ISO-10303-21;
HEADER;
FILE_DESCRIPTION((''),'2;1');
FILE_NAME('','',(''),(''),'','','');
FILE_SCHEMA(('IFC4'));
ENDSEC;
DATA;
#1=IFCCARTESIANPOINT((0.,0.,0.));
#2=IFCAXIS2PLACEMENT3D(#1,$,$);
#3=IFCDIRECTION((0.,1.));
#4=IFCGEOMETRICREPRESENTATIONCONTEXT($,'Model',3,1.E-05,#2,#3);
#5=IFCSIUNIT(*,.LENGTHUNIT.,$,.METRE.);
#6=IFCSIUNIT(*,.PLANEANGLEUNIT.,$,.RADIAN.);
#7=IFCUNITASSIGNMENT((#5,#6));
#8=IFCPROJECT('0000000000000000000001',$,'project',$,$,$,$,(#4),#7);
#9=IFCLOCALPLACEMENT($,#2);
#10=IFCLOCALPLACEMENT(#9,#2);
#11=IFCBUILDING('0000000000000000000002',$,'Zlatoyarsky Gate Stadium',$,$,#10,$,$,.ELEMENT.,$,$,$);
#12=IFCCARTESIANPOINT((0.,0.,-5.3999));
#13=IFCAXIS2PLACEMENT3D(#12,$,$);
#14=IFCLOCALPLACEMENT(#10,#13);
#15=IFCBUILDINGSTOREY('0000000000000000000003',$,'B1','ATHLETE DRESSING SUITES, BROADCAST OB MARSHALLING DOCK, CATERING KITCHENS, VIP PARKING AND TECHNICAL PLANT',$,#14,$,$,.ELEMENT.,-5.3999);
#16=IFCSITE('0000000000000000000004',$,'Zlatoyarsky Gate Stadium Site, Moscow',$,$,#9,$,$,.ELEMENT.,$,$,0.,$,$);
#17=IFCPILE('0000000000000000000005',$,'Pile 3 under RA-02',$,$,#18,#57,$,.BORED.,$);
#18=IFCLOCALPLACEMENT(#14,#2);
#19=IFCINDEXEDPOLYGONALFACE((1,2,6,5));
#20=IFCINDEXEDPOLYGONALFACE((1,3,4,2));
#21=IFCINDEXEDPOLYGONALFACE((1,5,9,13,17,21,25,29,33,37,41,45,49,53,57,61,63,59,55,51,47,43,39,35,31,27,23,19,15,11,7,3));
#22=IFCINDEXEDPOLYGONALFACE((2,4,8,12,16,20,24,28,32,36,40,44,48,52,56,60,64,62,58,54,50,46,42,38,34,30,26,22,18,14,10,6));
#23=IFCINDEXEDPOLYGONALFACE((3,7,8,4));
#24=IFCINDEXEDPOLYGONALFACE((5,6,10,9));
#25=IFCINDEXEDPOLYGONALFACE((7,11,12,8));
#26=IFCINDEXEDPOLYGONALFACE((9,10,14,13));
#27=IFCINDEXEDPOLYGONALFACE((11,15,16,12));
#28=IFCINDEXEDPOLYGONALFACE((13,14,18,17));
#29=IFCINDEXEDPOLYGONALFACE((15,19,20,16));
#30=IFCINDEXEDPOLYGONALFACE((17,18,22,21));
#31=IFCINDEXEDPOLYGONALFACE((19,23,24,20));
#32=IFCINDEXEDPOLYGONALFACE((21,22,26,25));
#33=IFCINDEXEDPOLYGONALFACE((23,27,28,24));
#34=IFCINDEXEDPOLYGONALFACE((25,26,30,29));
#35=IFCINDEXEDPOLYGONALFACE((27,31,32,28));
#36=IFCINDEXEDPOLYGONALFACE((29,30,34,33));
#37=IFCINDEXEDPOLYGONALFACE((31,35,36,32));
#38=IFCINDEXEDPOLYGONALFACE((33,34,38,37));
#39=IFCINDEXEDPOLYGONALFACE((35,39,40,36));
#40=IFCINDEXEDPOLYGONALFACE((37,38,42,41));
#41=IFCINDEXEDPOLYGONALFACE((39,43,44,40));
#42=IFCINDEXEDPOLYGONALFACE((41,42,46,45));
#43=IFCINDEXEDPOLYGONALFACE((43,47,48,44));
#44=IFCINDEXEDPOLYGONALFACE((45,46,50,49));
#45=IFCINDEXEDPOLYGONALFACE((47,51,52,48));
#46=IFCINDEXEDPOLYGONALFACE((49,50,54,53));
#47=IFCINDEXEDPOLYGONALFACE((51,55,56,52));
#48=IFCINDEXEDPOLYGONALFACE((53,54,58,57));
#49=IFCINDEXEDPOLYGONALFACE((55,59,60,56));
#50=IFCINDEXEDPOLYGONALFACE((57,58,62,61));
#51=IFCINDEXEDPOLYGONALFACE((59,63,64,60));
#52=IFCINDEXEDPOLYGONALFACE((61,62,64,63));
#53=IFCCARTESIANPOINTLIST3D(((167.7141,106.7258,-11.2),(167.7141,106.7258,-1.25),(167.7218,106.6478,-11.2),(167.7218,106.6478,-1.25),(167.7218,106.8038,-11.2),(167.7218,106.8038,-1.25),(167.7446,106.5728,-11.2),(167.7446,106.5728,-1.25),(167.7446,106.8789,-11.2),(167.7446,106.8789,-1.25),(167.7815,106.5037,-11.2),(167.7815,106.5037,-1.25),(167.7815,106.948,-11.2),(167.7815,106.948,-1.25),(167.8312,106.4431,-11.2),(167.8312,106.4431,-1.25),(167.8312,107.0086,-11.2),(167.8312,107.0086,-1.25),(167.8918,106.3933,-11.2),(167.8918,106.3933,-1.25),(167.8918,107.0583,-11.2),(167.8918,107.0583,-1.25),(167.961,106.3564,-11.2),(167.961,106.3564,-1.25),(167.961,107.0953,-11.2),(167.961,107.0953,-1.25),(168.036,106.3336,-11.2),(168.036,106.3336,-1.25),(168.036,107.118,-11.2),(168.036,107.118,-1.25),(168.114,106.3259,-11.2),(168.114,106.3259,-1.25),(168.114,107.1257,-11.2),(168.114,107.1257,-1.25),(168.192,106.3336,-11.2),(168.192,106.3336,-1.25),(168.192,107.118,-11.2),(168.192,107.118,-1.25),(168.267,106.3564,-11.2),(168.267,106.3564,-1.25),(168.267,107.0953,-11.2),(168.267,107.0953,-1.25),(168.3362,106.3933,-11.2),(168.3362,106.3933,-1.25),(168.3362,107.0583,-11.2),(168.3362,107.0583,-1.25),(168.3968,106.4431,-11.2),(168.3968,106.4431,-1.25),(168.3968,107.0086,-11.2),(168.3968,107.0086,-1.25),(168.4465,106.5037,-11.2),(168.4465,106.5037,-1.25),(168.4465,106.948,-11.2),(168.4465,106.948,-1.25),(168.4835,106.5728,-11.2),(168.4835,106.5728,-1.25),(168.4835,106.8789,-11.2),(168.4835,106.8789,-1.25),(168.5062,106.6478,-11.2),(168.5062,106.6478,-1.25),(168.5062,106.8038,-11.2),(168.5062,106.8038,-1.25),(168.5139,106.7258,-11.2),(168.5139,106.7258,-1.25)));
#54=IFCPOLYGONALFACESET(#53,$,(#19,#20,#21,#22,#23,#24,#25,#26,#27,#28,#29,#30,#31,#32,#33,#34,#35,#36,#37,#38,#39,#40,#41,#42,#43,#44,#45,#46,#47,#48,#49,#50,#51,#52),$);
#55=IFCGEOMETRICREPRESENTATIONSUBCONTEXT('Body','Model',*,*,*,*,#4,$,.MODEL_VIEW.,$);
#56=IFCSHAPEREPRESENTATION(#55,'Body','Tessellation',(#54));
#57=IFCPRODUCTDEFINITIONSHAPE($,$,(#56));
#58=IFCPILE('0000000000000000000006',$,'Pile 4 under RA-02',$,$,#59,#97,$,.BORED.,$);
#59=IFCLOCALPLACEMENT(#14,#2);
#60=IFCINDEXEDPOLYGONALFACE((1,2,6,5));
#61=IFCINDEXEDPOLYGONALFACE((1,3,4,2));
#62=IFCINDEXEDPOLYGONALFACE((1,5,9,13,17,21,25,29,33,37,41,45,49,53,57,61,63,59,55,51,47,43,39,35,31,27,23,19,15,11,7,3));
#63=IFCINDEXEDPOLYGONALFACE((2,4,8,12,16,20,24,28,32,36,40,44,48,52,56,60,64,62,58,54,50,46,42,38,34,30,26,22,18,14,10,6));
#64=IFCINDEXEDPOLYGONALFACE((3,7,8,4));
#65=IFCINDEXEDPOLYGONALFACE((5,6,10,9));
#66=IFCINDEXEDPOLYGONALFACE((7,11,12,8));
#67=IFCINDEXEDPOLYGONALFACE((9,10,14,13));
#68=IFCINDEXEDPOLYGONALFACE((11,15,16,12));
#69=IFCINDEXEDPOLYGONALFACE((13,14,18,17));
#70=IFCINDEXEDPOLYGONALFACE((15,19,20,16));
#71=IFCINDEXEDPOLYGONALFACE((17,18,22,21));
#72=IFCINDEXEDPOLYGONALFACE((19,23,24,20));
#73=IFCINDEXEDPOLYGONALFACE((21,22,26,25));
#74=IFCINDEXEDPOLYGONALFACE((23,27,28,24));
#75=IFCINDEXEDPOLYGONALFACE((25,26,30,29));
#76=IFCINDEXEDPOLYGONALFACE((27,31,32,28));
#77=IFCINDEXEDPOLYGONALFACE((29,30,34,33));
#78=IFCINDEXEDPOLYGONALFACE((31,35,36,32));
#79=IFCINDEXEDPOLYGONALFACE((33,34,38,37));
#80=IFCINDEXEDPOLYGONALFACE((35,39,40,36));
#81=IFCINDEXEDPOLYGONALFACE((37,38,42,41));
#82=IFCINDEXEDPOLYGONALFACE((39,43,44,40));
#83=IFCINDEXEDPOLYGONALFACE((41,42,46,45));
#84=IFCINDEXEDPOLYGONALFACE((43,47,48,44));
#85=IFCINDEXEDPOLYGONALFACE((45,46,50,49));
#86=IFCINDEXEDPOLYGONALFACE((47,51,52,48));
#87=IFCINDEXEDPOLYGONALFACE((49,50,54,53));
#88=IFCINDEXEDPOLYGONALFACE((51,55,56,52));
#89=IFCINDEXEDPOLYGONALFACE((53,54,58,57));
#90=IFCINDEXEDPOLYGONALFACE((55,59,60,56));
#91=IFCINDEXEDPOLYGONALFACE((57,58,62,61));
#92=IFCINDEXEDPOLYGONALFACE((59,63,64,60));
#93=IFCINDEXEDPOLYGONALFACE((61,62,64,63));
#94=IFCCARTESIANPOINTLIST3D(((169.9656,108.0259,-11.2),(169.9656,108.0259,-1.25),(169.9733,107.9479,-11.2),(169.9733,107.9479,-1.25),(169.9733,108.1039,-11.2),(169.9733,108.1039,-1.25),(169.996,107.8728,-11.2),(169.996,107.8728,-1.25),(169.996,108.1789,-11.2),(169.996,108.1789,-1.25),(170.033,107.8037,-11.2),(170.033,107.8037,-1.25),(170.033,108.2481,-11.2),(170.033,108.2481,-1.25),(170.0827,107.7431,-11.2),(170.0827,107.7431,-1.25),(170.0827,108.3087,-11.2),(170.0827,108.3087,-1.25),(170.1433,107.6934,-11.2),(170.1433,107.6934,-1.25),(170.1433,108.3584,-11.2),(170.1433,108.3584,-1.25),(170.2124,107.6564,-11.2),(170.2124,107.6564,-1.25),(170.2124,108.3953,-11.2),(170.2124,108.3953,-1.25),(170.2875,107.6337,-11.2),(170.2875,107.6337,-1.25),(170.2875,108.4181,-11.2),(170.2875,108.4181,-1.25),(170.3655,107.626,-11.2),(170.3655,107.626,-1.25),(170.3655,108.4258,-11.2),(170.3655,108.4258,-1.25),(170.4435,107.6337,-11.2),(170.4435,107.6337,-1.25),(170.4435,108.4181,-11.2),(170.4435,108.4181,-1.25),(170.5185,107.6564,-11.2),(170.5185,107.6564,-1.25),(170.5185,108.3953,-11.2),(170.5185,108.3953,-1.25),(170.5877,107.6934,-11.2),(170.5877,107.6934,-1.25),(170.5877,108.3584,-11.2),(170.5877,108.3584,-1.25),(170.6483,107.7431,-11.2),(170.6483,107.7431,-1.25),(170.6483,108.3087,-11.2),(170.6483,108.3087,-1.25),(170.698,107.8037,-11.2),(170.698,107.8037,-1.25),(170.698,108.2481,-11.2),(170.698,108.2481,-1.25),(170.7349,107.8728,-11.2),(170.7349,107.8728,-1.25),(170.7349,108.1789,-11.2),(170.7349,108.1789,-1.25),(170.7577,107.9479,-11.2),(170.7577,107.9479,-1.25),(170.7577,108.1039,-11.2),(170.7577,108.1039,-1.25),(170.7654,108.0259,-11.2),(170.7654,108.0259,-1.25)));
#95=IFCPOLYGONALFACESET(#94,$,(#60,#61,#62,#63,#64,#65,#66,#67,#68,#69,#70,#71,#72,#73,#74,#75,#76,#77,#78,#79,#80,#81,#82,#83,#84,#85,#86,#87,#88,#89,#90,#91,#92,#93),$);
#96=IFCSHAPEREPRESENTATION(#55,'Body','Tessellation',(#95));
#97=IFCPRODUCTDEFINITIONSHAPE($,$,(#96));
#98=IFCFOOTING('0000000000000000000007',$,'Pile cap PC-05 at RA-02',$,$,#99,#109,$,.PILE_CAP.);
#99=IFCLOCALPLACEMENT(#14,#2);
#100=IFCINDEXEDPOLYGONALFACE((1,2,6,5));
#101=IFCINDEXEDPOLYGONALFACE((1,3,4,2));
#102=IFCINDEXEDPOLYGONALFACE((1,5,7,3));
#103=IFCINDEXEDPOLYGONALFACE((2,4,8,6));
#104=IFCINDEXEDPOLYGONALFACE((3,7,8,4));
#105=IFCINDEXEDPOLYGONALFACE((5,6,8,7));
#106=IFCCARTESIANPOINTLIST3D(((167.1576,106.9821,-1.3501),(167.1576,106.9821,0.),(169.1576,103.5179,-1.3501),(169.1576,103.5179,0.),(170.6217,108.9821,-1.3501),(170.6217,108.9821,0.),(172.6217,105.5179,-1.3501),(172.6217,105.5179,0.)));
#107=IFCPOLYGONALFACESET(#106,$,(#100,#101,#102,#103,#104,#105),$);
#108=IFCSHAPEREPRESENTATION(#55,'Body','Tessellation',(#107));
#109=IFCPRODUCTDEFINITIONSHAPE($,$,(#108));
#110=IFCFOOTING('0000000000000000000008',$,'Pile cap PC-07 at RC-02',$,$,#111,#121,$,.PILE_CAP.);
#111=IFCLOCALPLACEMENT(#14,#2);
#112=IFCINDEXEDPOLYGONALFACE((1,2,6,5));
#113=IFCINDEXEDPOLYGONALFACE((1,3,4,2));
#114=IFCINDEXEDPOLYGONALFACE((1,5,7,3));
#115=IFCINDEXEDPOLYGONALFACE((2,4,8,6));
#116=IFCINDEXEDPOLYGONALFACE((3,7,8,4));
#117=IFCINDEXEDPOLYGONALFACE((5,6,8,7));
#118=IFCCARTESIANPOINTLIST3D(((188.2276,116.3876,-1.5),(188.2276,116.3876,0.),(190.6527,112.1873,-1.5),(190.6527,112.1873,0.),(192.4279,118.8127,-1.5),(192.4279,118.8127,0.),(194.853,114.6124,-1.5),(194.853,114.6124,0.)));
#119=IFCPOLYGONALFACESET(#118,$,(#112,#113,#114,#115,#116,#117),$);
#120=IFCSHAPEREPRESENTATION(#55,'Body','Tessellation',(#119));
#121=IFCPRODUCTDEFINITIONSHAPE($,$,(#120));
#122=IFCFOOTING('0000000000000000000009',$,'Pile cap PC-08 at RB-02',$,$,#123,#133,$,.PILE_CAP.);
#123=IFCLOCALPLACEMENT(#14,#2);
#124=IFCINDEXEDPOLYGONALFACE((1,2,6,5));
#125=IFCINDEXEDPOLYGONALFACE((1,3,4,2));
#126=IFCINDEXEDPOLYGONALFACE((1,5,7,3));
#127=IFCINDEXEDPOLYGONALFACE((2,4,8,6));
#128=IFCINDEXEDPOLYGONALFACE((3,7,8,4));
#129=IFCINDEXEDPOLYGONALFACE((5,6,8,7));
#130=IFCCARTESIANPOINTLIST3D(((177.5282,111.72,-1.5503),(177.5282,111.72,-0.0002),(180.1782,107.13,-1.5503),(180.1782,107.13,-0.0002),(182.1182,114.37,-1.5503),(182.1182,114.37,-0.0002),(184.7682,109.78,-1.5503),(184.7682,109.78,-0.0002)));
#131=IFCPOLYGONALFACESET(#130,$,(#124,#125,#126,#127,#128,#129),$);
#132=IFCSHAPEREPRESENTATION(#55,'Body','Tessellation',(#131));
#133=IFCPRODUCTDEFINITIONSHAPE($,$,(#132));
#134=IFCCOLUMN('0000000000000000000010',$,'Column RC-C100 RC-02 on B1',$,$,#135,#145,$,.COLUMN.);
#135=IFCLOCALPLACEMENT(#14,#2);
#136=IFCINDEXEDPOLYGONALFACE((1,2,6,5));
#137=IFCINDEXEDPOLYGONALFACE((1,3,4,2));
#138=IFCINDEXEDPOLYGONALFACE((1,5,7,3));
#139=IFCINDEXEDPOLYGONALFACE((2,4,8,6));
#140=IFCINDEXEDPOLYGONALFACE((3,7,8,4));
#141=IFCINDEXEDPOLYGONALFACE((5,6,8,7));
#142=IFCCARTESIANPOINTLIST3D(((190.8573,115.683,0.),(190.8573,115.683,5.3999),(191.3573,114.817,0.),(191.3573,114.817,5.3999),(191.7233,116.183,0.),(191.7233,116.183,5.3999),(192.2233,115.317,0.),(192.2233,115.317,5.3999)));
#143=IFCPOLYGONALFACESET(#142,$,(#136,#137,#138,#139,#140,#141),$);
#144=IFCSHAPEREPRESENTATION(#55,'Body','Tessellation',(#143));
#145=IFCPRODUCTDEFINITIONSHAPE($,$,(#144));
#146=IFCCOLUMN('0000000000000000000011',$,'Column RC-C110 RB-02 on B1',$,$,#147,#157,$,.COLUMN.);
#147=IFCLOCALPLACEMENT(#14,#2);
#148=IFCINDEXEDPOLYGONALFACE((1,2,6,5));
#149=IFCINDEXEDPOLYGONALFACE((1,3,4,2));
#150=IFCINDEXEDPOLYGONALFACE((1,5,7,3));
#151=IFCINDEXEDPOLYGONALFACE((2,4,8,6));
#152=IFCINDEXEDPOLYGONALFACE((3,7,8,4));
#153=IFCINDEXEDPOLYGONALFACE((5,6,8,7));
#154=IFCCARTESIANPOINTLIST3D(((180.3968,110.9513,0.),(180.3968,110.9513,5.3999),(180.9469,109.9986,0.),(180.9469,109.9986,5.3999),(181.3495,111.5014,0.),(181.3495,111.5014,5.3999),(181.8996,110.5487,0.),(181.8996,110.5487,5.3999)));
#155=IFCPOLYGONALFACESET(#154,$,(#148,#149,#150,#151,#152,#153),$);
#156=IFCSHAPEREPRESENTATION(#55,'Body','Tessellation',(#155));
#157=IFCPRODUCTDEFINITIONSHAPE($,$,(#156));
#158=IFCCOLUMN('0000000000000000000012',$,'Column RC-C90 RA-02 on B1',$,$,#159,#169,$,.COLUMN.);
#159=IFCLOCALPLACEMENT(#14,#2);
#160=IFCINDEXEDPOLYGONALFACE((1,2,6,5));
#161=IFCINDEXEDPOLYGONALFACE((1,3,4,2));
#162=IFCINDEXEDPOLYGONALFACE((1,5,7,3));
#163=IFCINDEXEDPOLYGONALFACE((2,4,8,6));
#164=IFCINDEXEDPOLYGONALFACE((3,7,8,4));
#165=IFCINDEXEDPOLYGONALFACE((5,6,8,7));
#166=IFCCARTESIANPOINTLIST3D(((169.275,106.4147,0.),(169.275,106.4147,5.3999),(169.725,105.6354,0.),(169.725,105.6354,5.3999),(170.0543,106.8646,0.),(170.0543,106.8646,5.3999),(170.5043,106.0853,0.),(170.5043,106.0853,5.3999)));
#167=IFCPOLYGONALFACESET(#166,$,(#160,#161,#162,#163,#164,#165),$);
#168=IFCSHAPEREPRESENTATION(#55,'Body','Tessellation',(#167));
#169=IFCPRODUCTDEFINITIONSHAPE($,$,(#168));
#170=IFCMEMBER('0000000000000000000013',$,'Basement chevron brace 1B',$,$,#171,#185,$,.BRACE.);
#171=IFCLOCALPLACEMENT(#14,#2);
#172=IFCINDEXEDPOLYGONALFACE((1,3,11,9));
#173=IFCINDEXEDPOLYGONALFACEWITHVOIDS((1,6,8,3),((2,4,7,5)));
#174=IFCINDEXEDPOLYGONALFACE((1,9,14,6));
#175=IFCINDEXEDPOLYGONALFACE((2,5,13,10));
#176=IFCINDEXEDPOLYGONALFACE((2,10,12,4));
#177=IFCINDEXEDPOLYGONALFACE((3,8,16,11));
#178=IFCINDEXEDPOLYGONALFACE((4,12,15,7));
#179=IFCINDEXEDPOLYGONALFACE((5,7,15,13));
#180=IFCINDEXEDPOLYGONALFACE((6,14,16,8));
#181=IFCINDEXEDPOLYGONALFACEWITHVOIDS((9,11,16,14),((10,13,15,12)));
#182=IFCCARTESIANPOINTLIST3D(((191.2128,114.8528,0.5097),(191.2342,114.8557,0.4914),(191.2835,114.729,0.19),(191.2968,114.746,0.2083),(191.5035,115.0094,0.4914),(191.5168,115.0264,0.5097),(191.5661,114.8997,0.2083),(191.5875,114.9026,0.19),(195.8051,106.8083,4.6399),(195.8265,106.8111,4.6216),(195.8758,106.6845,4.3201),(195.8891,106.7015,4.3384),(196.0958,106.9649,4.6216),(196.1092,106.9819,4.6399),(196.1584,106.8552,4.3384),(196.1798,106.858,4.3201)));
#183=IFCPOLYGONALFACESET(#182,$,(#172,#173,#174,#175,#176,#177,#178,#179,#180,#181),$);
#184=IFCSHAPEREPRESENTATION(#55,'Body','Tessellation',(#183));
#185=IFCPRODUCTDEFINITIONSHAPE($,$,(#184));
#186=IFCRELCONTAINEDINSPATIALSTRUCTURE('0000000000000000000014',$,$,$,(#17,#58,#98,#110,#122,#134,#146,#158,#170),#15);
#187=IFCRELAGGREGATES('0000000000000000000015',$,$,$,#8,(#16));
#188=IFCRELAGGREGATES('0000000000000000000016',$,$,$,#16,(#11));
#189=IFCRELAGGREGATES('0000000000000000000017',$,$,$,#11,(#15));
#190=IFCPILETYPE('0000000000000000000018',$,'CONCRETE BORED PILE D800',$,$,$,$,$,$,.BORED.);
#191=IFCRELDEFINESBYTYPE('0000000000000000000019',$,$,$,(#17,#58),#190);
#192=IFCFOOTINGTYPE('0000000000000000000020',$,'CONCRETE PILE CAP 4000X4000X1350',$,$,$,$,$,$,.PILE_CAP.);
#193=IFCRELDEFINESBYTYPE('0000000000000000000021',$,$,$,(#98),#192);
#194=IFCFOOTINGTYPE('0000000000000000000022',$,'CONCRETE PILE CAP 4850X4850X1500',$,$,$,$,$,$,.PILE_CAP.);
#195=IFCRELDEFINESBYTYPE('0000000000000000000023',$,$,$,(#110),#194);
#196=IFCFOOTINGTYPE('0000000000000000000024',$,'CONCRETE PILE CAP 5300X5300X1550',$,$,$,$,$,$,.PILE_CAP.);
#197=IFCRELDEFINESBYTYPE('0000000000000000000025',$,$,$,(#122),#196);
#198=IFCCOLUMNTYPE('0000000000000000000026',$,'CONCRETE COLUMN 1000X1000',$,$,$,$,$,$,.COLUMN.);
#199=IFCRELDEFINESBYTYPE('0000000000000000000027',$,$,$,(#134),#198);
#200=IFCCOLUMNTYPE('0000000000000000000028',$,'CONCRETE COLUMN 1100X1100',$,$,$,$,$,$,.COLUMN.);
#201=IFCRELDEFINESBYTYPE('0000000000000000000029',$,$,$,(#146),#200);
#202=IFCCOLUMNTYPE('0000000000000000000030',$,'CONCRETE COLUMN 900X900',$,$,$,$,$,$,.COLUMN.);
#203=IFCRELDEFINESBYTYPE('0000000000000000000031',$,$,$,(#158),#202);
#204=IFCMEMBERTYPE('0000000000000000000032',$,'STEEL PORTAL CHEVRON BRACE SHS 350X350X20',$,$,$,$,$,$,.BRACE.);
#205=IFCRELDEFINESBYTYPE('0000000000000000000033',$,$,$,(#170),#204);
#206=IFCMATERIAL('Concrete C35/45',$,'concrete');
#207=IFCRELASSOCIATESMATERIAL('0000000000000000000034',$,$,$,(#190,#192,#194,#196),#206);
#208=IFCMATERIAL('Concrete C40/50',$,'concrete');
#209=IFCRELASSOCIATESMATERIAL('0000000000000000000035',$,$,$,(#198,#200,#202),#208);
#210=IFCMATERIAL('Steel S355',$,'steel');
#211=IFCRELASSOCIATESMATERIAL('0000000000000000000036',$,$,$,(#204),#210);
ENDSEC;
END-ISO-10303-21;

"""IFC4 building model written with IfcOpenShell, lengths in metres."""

from ifc_helpers import new_model, si_unit, direction, frame, origin, origin_2d, place, context, subcontext, project, spatial, rectangle, hollow_rectangle, circle, extrude, material, material_profile, profile_set, type_object, element, save


model = new_model("IFC4")

# Units and contexts
model_context = context("Model", 3, precision=1e-05, world=origin(), true_north=direction((0.0, 1.0)))
body_context = subcontext(model_context, "Body", "Model", "MODEL_VIEW")
ifc_project = project(units=[si_unit("LENGTHUNIT", "METRE"), si_unit("PLANEANGLEUNIT", "RADIAN")], contexts=[model_context])

# Site, building, storey
site_placement = place(None, origin())
site = spatial("IfcSite", under=ifc_project, at=site_placement, Name="Zlatoyarsky Gate Stadium Site, Moscow", CompositionType="ELEMENT", RefElevation=0.0)
building_placement = place(site_placement, origin())
building = spatial("IfcBuilding", under=site, at=building_placement, Name="Zlatoyarsky Gate Stadium", CompositionType="ELEMENT")
storey_placement = place(building_placement, frame((0.0, 0.0, -5.3999)))
storey = spatial("IfcBuildingStorey", under=building, at=storey_placement, Name="B1", Description="ATHLETE DRESSING SUITES, BROADCAST OB MARSHALLING DOCK, CATERING KITCHENS, VIP PARKING AND TECHNICAL PLANT", CompositionType="ELEMENT", Elevation=-5.3999)

# Piles
ifc_material_1 = material(Name="Concrete C35/45", Category="concrete")
ifc_material_profile_1 = material_profile(ifc_material_1, circle(Radius=0.3999, at=origin_2d()), Name="BORED PILE D800")
ifc_profile_set_1 = profile_set([ifc_material_profile_1], Name="Concrete C35/45")
pile_type_1 = type_object("IfcPileType", Name="CONCRETE BORED PILE D800", PredefinedType="BORED", material=ifc_profile_set_1)
for number, where, z_axis, x_axis, name in (
    (1, (168.114, 106.7258, -1.25), (0.0, 0.0, -1.0), (1.0, 0.0, 0.0), "Pile 3 under RA-02"),
    (2, (170.3655, 108.0259, -1.25), (0.0, 0.0, -1.0), (1.0, 0.0, 0.0), "Pile 4 under RA-02"),
):
    element("IfcPile", number, at=place(storey_placement, frame(where, z_axis=z_axis, x_axis=x_axis)), inside=storey, type_object=pile_type_1, Name=name, PredefinedType="BORED", context=body_context, shape_type="SweptSolid", body=[
        extrude(circle(Radius=0.3999, at=origin_2d()), origin(), (0.0, 0.0, 1.0), 9.95),
    ])

# Footings
footing_type_1 = type_object("IfcFootingType", Name="CONCRETE PILE CAP 4000X4000X1350", PredefinedType="PILE_CAP", material=ifc_material_1)
footing_1_placement = place(storey_placement, frame((169.8896, 106.25, -1.3501), z_axis=(0.0, 0.0, 1.0), x_axis=(0.866025, 0.5, 0.0)))
element("IfcFooting", 3, at=footing_1_placement, inside=storey, type_object=footing_type_1, Name="Pile cap PC-05 at RA-02", PredefinedType="PILE_CAP", context=body_context, shape_type="SweptSolid", body=[
    extrude(rectangle(XDim=4.0, YDim=4.0, at=origin_2d()), origin(), (0.0, 0.0, 1.0), 1.3501),
])
footing_type_2 = type_object("IfcFootingType", Name="CONCRETE PILE CAP 4850X4850X1500", PredefinedType="PILE_CAP", material=ifc_material_1)
footing_2_placement = place(storey_placement, frame((191.5403, 115.5, -1.5), z_axis=(0.0, 0.0, 1.0), x_axis=(0.866025, 0.5, 0.0)))
element("IfcFooting", 4, at=footing_2_placement, inside=storey, type_object=footing_type_2, Name="Pile cap PC-07 at RC-02", PredefinedType="PILE_CAP", context=body_context, shape_type="SweptSolid", body=[
    extrude(rectangle(XDim=4.8501, YDim=4.8501, at=origin_2d()), origin(), (0.0, 0.0, 1.0), 1.5),
])
footing_type_3 = type_object("IfcFootingType", Name="CONCRETE PILE CAP 5300X5300X1550", PredefinedType="PILE_CAP", material=ifc_material_1)
footing_3_placement = place(storey_placement, frame((181.1482, 110.75, -1.5503), z_axis=(0.0, 0.0, 1.0), x_axis=(0.866025, 0.5, 0.0)))
element("IfcFooting", 5, at=footing_3_placement, inside=storey, type_object=footing_type_3, Name="Pile cap PC-08 at RB-02", PredefinedType="PILE_CAP", context=body_context, shape_type="SweptSolid", body=[
    extrude(rectangle(XDim=5.3, YDim=5.3, at=origin_2d()), origin(), (0.0, 0.0, 1.0), 1.55),
])

# Columns
ifc_material_2 = material(Name="Concrete C40/50", Category="concrete")
ifc_material_profile_2 = material_profile(ifc_material_2, rectangle(XDim=1.0, YDim=1.0, at=origin_2d()), Name="RC COL 1000X1000")
ifc_profile_set_2 = profile_set([ifc_material_profile_2], Name="Concrete C40/50")
column_type_1 = type_object("IfcColumnType", Name="CONCRETE COLUMN 1000X1000", PredefinedType="COLUMN", material=ifc_profile_set_2)
column_1_placement = place(storey_placement, frame((191.5403, 115.5, 0.0), z_axis=(0.0, 0.0, 1.0), x_axis=(0.866025, 0.5, 0.0)))
element("IfcColumn", 6, at=column_1_placement, inside=storey, type_object=column_type_1, Name="Column RC-C100 RC-02 on B1", PredefinedType="COLUMN", context=body_context, shape_type="SweptSolid", body=[
    extrude(rectangle(XDim=1.0, YDim=1.0, at=origin_2d()), origin(), (0.0, 0.0, 1.0), 5.3999),
])
ifc_material_profile_3 = material_profile(ifc_material_2, rectangle(XDim=1.1001, YDim=1.1001, at=origin_2d()), Name="RC COL 1100X1100")
ifc_profile_set_3 = profile_set([ifc_material_profile_3], Name="Concrete C40/50")
column_type_2 = type_object("IfcColumnType", Name="CONCRETE COLUMN 1100X1100", PredefinedType="COLUMN", material=ifc_profile_set_3)
column_2_placement = place(storey_placement, frame((181.1482, 110.75, 0.0), z_axis=(0.0, 0.0, 1.0), x_axis=(0.866025, 0.5, 0.0)))
element("IfcColumn", 7, at=column_2_placement, inside=storey, type_object=column_type_2, Name="Column RC-C110 RB-02 on B1", PredefinedType="COLUMN", context=body_context, shape_type="SweptSolid", body=[
    extrude(rectangle(XDim=1.1001, YDim=1.1001, at=origin_2d()), origin(), (0.0, 0.0, 1.0), 5.3999),
])
ifc_material_profile_4 = material_profile(ifc_material_2, rectangle(XDim=0.8999, YDim=0.8999, at=origin_2d()), Name="RC COL 900X900")
ifc_profile_set_4 = profile_set([ifc_material_profile_4], Name="Concrete C40/50")
column_type_3 = type_object("IfcColumnType", Name="CONCRETE COLUMN 900X900", PredefinedType="COLUMN", material=ifc_profile_set_4)
column_3_placement = place(storey_placement, frame((169.8896, 106.25, 0.0), z_axis=(0.0, 0.0, 1.0), x_axis=(0.866025, 0.5, 0.0)))
element("IfcColumn", 8, at=column_3_placement, inside=storey, type_object=column_type_3, Name="Column RC-C90 RA-02 on B1", PredefinedType="COLUMN", context=body_context, shape_type="SweptSolid", body=[
    extrude(rectangle(XDim=0.8999, YDim=0.8999, at=origin_2d()), origin(), (0.0, 0.0, 1.0), 5.3999),
])

# Member
ifc_material_3 = material(Name="Steel S355", Category="steel")
ifc_material_profile_5 = material_profile(ifc_material_3, hollow_rectangle(XDim=0.3501, YDim=0.3501, WallThickness=0.02, at=origin_2d()), Name="SHS 350X350X20")
ifc_profile_set_5 = profile_set([ifc_material_profile_5], Name="Steel S355")
member_type = type_object("IfcMemberType", Name="STEEL PORTAL CHEVRON BRACE SHS 350X350X20", PredefinedType="BRACE", material=ifc_profile_set_5)
member_1_placement = place(storey_placement, frame((191.4001, 114.8777, 0.3499), z_axis=(0.452799, -0.793181, 0.40723), x_axis=(0.868454, 0.49577, 0.0)))
element("IfcMember", 9, at=member_1_placement, inside=storey, type_object=member_type, Name="Basement chevron brace 1B", PredefinedType="BRACE", context=body_context, shape_type="SweptSolid", body=[
    extrude(hollow_rectangle(XDim=0.3501, YDim=0.3501, WallThickness=0.02, at=origin_2d()), origin(), (0.0, 0.0, 1.0), 10.1421),
])

save(model, "model.ifc")
